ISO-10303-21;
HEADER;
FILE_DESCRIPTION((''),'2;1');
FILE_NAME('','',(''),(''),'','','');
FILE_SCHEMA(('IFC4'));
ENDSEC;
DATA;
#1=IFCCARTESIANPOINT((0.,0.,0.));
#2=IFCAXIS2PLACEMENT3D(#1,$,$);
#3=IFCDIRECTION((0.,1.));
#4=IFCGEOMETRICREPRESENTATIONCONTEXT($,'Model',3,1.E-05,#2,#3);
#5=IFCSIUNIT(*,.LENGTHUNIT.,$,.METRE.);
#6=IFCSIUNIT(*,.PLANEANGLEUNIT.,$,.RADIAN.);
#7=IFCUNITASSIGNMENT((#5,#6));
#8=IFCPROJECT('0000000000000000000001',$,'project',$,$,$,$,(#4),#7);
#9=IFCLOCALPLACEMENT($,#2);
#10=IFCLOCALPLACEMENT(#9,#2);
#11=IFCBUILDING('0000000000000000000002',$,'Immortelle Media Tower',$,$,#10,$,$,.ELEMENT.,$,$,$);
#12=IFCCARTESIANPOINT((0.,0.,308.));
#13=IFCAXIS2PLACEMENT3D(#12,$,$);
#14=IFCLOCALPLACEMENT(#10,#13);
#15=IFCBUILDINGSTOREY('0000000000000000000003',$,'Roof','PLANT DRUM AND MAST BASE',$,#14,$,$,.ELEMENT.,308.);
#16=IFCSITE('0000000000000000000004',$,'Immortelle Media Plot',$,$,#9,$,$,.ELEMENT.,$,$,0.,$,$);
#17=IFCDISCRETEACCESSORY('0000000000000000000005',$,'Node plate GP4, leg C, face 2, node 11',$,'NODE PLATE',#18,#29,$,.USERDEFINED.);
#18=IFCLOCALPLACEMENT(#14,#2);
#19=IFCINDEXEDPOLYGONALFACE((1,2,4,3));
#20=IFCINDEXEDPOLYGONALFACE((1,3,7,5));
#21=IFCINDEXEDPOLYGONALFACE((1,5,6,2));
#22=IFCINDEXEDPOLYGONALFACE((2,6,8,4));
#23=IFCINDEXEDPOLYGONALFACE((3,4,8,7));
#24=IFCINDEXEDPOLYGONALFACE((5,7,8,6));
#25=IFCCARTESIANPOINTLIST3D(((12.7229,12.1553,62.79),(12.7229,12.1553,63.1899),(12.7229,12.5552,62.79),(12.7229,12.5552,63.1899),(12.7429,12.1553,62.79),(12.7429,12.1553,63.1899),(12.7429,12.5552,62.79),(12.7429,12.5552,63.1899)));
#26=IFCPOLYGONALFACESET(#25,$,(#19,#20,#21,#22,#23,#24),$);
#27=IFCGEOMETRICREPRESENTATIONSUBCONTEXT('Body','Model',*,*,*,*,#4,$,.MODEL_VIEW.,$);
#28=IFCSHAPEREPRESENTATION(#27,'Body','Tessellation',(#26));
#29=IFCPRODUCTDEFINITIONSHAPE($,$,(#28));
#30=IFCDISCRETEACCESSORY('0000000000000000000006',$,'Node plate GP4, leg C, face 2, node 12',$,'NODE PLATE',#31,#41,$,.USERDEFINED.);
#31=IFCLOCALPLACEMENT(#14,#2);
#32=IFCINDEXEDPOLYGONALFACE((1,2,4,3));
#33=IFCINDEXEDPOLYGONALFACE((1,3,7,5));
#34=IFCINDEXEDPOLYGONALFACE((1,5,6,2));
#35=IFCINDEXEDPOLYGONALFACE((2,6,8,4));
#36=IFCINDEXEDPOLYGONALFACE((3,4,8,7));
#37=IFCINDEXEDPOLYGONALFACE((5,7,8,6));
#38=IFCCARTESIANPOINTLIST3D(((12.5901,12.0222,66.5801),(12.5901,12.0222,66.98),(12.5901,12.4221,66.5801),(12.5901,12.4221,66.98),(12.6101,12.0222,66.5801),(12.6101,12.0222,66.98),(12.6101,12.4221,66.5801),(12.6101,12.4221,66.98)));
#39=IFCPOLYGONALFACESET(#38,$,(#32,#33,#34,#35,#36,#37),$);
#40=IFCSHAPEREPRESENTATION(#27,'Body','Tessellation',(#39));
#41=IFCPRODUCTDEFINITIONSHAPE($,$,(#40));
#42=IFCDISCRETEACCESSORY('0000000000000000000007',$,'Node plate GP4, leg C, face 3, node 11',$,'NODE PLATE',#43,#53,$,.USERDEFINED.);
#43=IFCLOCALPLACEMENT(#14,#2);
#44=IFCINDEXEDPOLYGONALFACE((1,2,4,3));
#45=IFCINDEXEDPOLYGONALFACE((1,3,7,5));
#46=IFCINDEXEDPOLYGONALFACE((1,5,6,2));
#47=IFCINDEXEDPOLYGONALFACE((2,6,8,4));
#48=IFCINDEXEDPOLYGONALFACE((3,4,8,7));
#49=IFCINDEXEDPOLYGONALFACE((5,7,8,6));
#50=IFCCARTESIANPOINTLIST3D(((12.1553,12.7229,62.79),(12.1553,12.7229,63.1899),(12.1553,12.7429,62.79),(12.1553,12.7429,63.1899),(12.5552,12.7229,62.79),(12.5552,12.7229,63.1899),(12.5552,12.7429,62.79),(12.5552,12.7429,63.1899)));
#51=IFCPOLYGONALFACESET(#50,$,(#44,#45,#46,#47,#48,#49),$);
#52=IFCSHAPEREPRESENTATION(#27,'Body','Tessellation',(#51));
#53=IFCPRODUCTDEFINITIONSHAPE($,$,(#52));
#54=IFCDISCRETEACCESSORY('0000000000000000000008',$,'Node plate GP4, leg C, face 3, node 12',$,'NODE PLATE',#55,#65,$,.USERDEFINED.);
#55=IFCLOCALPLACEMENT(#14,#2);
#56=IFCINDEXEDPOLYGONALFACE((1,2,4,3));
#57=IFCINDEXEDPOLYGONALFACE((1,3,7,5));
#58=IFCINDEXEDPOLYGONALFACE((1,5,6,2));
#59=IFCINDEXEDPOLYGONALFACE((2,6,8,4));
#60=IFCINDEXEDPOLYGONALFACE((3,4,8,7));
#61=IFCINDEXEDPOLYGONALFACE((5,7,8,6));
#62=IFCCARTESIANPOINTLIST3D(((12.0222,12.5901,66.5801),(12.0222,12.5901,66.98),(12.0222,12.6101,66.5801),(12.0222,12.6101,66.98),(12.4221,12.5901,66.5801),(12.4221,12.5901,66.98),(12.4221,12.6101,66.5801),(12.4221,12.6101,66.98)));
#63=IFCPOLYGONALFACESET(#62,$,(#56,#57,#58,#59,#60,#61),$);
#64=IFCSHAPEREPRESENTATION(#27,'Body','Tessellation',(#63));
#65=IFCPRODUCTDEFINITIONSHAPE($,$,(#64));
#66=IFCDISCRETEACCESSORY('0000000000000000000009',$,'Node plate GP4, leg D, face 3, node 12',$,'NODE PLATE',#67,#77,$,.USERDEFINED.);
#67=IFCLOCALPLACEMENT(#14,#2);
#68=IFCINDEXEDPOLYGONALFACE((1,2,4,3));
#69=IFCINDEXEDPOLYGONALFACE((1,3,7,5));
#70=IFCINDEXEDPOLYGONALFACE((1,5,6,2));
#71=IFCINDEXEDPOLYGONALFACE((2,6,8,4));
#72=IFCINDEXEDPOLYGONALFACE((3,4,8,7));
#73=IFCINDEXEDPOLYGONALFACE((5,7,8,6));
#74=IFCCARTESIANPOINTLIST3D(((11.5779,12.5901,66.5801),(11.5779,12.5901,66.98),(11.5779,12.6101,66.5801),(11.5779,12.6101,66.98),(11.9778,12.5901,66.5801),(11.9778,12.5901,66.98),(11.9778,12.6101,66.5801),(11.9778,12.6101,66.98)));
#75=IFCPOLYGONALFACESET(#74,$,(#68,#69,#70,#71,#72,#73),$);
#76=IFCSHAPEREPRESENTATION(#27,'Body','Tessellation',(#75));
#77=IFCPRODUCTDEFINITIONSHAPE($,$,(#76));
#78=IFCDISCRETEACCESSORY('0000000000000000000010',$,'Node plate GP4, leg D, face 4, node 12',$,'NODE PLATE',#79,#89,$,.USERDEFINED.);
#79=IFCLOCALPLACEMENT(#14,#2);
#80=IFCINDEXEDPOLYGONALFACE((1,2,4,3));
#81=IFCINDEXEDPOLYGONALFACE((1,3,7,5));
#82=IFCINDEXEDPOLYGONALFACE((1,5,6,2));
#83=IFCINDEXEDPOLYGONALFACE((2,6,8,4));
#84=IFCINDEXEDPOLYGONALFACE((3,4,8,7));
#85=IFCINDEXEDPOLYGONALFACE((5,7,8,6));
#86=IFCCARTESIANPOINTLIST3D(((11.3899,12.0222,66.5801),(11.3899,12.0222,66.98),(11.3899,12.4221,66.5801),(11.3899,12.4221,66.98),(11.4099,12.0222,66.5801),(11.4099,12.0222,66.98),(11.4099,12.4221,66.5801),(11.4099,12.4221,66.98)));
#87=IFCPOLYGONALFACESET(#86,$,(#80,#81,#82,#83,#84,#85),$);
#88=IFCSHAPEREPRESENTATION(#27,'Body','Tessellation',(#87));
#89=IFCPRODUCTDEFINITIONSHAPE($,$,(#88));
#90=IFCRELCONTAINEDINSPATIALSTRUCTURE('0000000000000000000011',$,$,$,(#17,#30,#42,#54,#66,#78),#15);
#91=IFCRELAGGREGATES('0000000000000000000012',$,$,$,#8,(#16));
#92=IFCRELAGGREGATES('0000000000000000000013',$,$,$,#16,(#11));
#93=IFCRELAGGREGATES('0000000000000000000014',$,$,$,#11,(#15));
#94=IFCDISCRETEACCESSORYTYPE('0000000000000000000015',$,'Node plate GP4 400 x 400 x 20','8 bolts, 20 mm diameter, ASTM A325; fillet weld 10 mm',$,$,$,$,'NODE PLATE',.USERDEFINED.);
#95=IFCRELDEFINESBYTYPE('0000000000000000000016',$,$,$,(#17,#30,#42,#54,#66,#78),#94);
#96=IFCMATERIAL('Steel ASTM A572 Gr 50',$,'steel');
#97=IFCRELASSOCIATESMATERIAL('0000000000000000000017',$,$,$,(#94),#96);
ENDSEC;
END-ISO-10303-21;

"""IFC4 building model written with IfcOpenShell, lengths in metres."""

from ifc_helpers import new_model, si_unit, direction, frame, origin, origin_2d, place, context, subcontext, project, spatial, rectangle, extrude, material, material_profile, profile_set, type_object, element, save


model = new_model("IFC4")

# Units and contexts
model_context = context("Model", 3, precision=1e-05, world=origin(), true_north=direction((0.0, 1.0)))
body_context = subcontext(model_context, "Body", "Model", "MODEL_VIEW")
ifc_project = project(units=[si_unit("LENGTHUNIT", "METRE"), si_unit("PLANEANGLEUNIT", "RADIAN")], contexts=[model_context])

# Site, building, storey
site_placement = place(None, origin())
site = spatial("IfcSite", under=ifc_project, at=site_placement, Name="Immortelle Media Plot", CompositionType="ELEMENT", RefElevation=0.0)
building_placement = place(site_placement, origin())
building = spatial("IfcBuilding", under=site, at=building_placement, Name="Immortelle Media Tower", CompositionType="ELEMENT")
storey_placement = place(building_placement, frame((0.0, 0.0, 308.0)))
storey = spatial("IfcBuildingStorey", under=building, at=storey_placement, Name="Roof", Description="PLANT DRUM AND MAST BASE", CompositionType="ELEMENT", Elevation=308.0)

# Discrete accessories
ifc_material_1 = material(Name="Steel ASTM A572 Gr 50", Category="steel")
ifc_material_profile_1 = material_profile(ifc_material_1, rectangle(XDim=0.02, YDim=0.3999, at=origin_2d()), Name="PL 20 x 400")
ifc_profile_set_1 = profile_set([ifc_material_profile_1], Name="Steel ASTM A572 Gr 50")
discrete_accessory_type_1 = type_object("IfcDiscreteAccessoryType", Name="Node plate GP4 400 x 400 x 20", Description="8 bolts, 20 mm diameter, ASTM A325; fillet weld 10 mm", ElementType="NODE PLATE", PredefinedType="USERDEFINED", material=ifc_profile_set_1)
for number, where, z_axis, x_axis, name in (
    (1, (12.7329, 12.5552, 62.99), (0.0, -1.0, 0.0), (1.0, 0.0, 0.0), "Node plate GP4, leg C, face 2, node 11"),
    (2, (12.6001, 12.4221, 66.78), (0.0, -1.0, 0.0), (1.0, 0.0, 0.0), "Node plate GP4, leg C, face 2, node 12"),
    (3, (12.5552, 12.7329, 62.99), (-1.0, 0.0, 0.0), (0.0, -1.0, 0.0), "Node plate GP4, leg C, face 3, node 11"),
    (4, (12.4221, 12.6001, 66.78), (-1.0, 0.0, 0.0), (0.0, -1.0, 0.0), "Node plate GP4, leg C, face 3, node 12"),
    (5, (11.5779, 12.6001, 66.78), (1.0, 0.0, 0.0), (0.0, 1.0, 0.0), "Node plate GP4, leg D, face 3, node 12"),
    (6, (11.3999, 12.4221, 66.78), (0.0, -1.0, 0.0), (1.0, 0.0, 0.0), "Node plate GP4, leg D, face 4, node 12"),
):
    element("IfcDiscreteAccessory", number, at=place(storey_placement, frame(where, z_axis=z_axis, x_axis=x_axis)), inside=storey, type_object=discrete_accessory_type_1, Name=name, ObjectType="NODE PLATE", PredefinedType="USERDEFINED", context=body_context, shape_type="SweptSolid", body=[
        extrude(rectangle(XDim=0.02, YDim=0.3999, at=origin_2d()), origin(), (0.0, 0.0, 1.0), 0.3999),
    ])

save(model, "model.ifc")
